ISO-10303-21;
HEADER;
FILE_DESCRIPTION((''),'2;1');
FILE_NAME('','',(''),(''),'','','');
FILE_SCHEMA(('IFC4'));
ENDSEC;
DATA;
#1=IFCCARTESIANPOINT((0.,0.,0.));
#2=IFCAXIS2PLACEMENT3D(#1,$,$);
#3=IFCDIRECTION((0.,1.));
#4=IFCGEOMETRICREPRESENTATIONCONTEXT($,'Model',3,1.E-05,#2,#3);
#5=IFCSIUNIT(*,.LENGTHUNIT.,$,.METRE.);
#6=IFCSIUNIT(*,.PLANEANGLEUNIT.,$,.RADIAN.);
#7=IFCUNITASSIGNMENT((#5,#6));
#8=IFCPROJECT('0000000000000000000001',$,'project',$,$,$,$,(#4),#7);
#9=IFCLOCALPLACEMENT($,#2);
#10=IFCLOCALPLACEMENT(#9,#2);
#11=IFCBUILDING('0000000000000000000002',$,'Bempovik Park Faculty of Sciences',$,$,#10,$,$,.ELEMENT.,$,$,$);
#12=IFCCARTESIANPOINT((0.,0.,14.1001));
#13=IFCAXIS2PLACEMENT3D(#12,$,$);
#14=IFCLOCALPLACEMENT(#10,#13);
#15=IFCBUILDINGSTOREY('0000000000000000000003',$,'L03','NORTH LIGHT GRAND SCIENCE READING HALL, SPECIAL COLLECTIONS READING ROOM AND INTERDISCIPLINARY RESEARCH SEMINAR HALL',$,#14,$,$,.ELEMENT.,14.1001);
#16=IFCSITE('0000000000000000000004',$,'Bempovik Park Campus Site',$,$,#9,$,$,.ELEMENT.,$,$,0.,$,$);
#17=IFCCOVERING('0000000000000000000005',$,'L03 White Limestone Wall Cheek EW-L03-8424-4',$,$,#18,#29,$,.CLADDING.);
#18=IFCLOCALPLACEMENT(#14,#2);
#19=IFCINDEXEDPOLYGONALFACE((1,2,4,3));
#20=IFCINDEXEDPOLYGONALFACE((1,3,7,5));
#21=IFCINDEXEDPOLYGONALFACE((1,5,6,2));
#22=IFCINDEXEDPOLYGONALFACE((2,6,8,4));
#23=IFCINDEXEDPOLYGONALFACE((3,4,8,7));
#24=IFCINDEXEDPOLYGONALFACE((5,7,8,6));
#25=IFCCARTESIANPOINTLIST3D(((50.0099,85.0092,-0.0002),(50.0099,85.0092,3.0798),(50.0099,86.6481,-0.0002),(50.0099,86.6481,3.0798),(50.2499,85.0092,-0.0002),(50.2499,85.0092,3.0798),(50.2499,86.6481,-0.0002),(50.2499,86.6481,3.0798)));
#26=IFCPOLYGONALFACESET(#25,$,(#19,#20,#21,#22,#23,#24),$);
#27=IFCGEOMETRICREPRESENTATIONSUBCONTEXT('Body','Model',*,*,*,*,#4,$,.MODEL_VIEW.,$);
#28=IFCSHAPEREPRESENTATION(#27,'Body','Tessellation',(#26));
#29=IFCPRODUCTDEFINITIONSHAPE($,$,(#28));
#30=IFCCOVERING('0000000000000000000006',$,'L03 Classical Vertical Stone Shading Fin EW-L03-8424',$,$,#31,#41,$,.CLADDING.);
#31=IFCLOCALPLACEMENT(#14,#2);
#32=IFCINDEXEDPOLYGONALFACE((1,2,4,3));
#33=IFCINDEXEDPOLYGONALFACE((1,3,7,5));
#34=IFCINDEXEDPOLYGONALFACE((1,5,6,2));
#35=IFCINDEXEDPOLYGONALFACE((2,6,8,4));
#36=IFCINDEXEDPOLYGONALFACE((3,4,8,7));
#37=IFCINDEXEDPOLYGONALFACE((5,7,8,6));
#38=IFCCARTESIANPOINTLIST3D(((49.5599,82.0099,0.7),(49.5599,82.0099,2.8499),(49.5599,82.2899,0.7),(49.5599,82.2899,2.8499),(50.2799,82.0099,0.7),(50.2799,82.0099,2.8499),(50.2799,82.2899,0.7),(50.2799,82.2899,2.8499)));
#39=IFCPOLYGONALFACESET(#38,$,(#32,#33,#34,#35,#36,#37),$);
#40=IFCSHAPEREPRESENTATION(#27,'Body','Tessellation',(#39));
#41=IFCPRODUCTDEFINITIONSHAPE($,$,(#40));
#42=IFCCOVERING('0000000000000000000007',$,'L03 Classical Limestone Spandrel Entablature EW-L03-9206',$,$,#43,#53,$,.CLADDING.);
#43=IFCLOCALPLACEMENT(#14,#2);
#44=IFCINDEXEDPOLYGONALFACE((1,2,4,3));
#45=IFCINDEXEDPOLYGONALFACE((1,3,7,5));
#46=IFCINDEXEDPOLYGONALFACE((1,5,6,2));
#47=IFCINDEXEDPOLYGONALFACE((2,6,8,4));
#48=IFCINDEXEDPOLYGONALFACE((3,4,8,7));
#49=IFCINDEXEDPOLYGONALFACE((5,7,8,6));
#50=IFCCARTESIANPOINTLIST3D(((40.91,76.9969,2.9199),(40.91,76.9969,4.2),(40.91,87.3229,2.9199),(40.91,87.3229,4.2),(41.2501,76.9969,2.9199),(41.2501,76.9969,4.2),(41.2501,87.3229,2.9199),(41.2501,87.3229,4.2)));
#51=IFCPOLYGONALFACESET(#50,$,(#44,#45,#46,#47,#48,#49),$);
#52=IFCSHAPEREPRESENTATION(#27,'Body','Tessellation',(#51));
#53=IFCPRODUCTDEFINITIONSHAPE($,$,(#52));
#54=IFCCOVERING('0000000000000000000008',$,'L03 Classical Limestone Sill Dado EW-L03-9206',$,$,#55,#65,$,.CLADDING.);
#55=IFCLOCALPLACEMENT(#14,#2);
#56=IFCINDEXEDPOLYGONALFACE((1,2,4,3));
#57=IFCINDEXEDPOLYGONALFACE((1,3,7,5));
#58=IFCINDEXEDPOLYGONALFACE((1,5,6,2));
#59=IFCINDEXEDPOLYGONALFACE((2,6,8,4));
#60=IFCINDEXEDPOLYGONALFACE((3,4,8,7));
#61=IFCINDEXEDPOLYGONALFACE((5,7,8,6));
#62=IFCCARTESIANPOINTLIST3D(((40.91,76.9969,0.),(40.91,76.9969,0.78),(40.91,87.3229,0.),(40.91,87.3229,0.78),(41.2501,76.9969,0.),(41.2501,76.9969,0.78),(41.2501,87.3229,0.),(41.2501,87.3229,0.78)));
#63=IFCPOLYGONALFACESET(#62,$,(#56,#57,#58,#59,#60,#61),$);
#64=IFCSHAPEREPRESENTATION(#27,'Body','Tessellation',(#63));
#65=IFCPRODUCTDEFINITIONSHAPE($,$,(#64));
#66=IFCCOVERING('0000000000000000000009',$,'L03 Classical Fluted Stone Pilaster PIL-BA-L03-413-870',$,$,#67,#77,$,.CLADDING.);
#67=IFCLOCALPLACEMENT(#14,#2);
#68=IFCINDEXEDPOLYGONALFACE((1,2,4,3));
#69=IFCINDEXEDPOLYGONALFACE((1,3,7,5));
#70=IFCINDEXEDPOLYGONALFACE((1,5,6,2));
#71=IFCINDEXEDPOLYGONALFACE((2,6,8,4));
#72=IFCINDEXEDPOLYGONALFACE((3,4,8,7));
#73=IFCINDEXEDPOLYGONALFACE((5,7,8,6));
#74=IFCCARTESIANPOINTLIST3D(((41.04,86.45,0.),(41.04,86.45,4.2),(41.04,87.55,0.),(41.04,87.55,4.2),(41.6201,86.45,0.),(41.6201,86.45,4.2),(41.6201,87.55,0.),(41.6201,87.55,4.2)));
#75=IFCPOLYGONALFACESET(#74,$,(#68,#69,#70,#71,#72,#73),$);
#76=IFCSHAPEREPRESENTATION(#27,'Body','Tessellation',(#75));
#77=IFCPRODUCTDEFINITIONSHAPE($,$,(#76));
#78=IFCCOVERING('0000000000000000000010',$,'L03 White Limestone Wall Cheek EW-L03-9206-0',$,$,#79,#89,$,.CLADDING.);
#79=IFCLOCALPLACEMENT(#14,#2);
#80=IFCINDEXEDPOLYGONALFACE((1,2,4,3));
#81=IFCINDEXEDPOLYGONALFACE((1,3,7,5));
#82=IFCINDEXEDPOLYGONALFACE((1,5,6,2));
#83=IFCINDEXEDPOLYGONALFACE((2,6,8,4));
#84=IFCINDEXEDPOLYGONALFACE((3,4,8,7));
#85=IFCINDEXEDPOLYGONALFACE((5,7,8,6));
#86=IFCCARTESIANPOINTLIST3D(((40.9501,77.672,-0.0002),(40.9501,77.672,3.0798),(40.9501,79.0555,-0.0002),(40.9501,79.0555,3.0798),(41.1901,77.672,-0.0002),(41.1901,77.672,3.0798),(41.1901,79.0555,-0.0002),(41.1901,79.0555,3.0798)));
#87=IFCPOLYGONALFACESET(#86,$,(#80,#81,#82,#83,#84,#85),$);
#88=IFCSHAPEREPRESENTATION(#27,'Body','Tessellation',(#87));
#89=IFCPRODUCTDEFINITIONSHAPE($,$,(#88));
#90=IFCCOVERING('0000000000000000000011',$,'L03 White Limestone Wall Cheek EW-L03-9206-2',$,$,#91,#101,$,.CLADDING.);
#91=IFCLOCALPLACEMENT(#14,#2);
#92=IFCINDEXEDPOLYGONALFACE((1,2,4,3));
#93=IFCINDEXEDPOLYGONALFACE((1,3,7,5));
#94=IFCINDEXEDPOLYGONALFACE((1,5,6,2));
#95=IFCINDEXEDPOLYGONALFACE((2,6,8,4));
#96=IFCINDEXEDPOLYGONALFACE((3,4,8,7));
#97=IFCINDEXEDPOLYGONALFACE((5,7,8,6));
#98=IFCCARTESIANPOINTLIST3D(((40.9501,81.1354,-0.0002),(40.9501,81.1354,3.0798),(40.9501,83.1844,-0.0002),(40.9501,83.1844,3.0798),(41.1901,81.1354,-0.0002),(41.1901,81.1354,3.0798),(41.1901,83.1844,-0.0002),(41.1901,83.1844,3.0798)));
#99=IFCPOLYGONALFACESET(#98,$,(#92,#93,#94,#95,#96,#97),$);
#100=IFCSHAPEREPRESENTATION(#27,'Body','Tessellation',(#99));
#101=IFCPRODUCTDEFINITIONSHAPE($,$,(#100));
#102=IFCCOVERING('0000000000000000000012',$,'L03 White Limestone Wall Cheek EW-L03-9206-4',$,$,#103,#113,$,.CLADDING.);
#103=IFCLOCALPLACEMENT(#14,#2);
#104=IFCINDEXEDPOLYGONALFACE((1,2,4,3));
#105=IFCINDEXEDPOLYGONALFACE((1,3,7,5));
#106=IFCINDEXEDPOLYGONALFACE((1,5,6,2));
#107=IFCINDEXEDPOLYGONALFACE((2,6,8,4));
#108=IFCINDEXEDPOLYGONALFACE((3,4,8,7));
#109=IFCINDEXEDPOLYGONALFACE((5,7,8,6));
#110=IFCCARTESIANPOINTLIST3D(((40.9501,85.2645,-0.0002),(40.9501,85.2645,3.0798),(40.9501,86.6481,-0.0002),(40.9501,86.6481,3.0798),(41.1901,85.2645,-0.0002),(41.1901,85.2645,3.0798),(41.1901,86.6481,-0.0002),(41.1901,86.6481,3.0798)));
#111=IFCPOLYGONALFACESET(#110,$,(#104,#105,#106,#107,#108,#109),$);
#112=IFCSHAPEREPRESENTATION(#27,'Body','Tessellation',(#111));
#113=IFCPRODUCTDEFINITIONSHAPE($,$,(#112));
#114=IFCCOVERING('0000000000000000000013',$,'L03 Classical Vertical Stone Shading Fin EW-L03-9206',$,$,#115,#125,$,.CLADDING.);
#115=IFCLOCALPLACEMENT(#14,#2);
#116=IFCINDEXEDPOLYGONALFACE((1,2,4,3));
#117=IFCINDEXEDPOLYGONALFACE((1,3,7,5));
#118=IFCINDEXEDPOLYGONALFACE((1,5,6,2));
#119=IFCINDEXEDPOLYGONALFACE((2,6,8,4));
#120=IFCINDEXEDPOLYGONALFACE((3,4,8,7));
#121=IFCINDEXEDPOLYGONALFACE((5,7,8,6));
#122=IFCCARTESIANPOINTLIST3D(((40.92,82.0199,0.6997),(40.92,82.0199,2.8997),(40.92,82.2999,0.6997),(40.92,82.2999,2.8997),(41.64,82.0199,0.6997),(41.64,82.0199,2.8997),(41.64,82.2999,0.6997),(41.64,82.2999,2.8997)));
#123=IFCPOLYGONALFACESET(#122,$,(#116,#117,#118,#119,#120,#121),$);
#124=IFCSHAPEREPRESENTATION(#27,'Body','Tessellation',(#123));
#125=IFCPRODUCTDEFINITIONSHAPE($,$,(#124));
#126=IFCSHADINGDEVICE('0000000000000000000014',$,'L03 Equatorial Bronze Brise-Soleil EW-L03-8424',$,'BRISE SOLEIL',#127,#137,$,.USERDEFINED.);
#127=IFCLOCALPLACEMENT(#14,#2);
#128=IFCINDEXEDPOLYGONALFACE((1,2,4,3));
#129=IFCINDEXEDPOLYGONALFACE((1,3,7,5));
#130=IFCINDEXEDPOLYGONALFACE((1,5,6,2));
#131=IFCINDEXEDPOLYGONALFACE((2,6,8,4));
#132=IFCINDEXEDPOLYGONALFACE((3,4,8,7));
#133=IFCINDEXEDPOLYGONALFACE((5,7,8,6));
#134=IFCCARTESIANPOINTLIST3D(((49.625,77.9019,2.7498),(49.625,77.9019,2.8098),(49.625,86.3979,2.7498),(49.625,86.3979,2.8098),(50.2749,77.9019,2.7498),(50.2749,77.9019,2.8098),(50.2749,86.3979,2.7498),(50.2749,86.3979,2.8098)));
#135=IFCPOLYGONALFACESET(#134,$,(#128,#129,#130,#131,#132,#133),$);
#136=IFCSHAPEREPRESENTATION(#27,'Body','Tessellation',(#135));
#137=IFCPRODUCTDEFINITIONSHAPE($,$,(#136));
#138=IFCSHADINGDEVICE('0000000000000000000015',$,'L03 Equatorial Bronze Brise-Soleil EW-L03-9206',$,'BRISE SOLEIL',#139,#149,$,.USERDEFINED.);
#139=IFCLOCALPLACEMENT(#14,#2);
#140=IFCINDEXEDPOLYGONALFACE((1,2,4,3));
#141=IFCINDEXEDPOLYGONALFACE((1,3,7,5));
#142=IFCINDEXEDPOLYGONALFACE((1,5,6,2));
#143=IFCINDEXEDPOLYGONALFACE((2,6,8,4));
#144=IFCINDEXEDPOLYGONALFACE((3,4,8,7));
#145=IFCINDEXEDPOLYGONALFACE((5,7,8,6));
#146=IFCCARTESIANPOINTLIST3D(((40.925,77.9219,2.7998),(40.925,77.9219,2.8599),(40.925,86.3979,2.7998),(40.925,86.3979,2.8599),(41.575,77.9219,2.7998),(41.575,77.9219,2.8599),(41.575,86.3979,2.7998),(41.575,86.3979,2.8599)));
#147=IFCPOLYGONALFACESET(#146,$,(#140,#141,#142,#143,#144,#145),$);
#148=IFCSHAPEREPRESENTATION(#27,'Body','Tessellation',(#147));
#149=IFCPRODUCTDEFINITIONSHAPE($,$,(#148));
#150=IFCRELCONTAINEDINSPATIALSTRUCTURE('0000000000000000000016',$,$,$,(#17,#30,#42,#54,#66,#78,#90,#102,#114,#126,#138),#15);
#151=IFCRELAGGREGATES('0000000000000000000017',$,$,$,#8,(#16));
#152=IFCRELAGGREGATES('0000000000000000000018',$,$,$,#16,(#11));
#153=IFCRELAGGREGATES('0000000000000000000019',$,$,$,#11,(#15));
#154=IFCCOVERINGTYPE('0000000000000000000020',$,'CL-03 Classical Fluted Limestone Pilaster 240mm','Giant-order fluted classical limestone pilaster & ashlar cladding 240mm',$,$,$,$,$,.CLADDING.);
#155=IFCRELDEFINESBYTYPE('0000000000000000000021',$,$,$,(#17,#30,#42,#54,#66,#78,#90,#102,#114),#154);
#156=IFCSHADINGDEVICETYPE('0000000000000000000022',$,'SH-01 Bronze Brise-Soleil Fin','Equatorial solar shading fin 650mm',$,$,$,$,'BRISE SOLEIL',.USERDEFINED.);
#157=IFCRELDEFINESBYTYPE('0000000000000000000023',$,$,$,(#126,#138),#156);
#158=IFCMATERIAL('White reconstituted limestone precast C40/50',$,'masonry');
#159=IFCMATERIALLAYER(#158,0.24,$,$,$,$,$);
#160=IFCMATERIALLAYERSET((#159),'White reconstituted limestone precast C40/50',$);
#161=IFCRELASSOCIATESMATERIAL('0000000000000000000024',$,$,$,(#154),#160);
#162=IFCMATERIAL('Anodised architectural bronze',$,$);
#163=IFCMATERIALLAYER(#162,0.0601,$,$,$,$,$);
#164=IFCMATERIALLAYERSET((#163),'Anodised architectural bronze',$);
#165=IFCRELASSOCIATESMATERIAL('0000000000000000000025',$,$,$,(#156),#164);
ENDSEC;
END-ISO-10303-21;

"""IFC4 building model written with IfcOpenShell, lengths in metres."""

from ifc_helpers import new_model, si_unit, direction, frame, origin, origin_2d, place, context, subcontext, project, spatial, rectangle, extrude, material, layer, layer_set, type_object, element, save


model = new_model("IFC4")

# Units and contexts
model_context = context("Model", 3, precision=1e-05, world=origin(), true_north=direction((0.0, 1.0)))
body_context = subcontext(model_context, "Body", "Model", "MODEL_VIEW")
ifc_project = project(units=[si_unit("LENGTHUNIT", "METRE"), si_unit("PLANEANGLEUNIT", "RADIAN")], contexts=[model_context])

# Site, building, storey
site_placement = place(None, origin())
site = spatial("IfcSite", under=ifc_project, at=site_placement, Name="Bempovik Park Campus Site", CompositionType="ELEMENT", RefElevation=0.0)
building_placement = place(site_placement, origin())
building = spatial("IfcBuilding", under=site, at=building_placement, Name="Bempovik Park Faculty of Sciences", CompositionType="ELEMENT")
storey_placement = place(building_placement, frame((0.0, 0.0, 14.1001)))
storey = spatial("IfcBuildingStorey", under=building, at=storey_placement, Name="L03", Description="NORTH LIGHT GRAND SCIENCE READING HALL, SPECIAL COLLECTIONS READING ROOM AND INTERDISCIPLINARY RESEARCH SEMINAR HALL", CompositionType="ELEMENT", Elevation=14.1001)

# Coverings
ifc_material_1 = material(Name="White reconstituted limestone precast C40/50", Category="masonry")
ifc_layer_1 = layer(ifc_material_1, 0.24)
ifc_layer_set_1 = layer_set([ifc_layer_1], Name="White reconstituted limestone precast C40/50")
covering_type_1 = type_object("IfcCoveringType", Name="CL-03 Classical Fluted Limestone Pilaster 240mm", Description="Giant-order fluted classical limestone pilaster & ashlar cladding 240mm", PredefinedType="CLADDING", material=ifc_layer_set_1)
covering_1_placement = place(storey_placement, frame((50.1299, 85.8286, -0.0002), z_axis=(0.0, 0.0, 1.0), x_axis=(1.0, 0.0, 0.0)))
element("IfcCovering", 1, at=covering_1_placement, inside=storey, type_object=covering_type_1, Name="L03 White Limestone Wall Cheek EW-L03-8424-4", PredefinedType="CLADDING", context=body_context, shape_type="SweptSolid", body=[
    extrude(rectangle(XDim=0.24, YDim=1.6389, at=origin_2d()), origin(), (0.0, 0.0, 1.0), 3.0801),
])
covering_2_placement = place(storey_placement, frame((49.9199, 82.1499, 0.7), z_axis=(0.0, 0.0, 1.0), x_axis=(1.0, 0.0, 0.0)))
element("IfcCovering", 2, at=covering_2_placement, inside=storey, type_object=covering_type_1, Name="L03 Classical Vertical Stone Shading Fin EW-L03-8424", PredefinedType="CLADDING", context=body_context, shape_type="SweptSolid", body=[
    extrude(rectangle(XDim=0.72, YDim=0.28, at=origin_2d()), origin(), (0.0, 0.0, 1.0), 2.1499),
])
covering_3_placement = place(storey_placement, frame((41.0801, 82.1599, 2.9199), z_axis=(0.0, 0.0, 1.0), x_axis=(1.0, 0.0, 0.0)))
element("IfcCovering", 3, at=covering_3_placement, inside=storey, type_object=covering_type_1, Name="L03 Classical Limestone Spandrel Entablature EW-L03-9206", PredefinedType="CLADDING", context=body_context, shape_type="SweptSolid", body=[
    extrude(rectangle(XDim=0.3401, YDim=10.3259, at=origin_2d()), origin(), (0.0, 0.0, 1.0), 1.28),
])
covering_4_placement = place(storey_placement, frame((41.0801, 82.1599, 0.0), z_axis=(0.0, 0.0, 1.0), x_axis=(1.0, 0.0, 0.0)))
element("IfcCovering", 4, at=covering_4_placement, inside=storey, type_object=covering_type_1, Name="L03 Classical Limestone Sill Dado EW-L03-9206", PredefinedType="CLADDING", context=body_context, shape_type="SweptSolid", body=[
    extrude(rectangle(XDim=0.3401, YDim=10.3259, at=origin_2d()), origin(), (0.0, 0.0, 1.0), 0.78),
])
covering_5_placement = place(storey_placement, frame((41.3301, 87.0, 0.0), z_axis=(0.0, 0.0, 1.0), x_axis=(1.0, 0.0, 0.0)))
element("IfcCovering", 5, at=covering_5_placement, inside=storey, type_object=covering_type_1, Name="L03 Classical Fluted Stone Pilaster PIL-BA-L03-413-870", PredefinedType="CLADDING", context=body_context, shape_type="SweptSolid", body=[
    extrude(rectangle(XDim=0.5801, YDim=1.1001, at=origin_2d()), origin(), (0.0, 0.0, 1.0), 4.2),
])
covering_6_placement = place(storey_placement, frame((41.0701, 78.3638, -0.0002), z_axis=(0.0, 0.0, 1.0), x_axis=(1.0, 0.0, 0.0)))
element("IfcCovering", 6, at=covering_6_placement, inside=storey, type_object=covering_type_1, Name="L03 White Limestone Wall Cheek EW-L03-9206-0", PredefinedType="CLADDING", context=body_context, shape_type="SweptSolid", body=[
    extrude(rectangle(XDim=0.24, YDim=1.3835, at=origin_2d()), origin(), (0.0, 0.0, 1.0), 3.0801),
])
covering_7_placement = place(storey_placement, frame((41.0701, 82.1599, -0.0002), z_axis=(0.0, 0.0, 1.0), x_axis=(1.0, 0.0, 0.0)))
element("IfcCovering", 7, at=covering_7_placement, inside=storey, type_object=covering_type_1, Name="L03 White Limestone Wall Cheek EW-L03-9206-2", PredefinedType="CLADDING", context=body_context, shape_type="SweptSolid", body=[
    extrude(rectangle(XDim=0.24, YDim=2.0491, at=origin_2d()), origin(), (0.0, 0.0, 1.0), 3.0801),
])
covering_8_placement = place(storey_placement, frame((41.0701, 85.9563, -0.0002), z_axis=(0.0, 0.0, 1.0), x_axis=(1.0, 0.0, 0.0)))
element("IfcCovering", 8, at=covering_8_placement, inside=storey, type_object=covering_type_1, Name="L03 White Limestone Wall Cheek EW-L03-9206-4", PredefinedType="CLADDING", context=body_context, shape_type="SweptSolid", body=[
    extrude(rectangle(XDim=0.24, YDim=1.3835, at=origin_2d()), origin(), (0.0, 0.0, 1.0), 3.0801),
])
covering_9_placement = place(storey_placement, frame((41.28, 82.1599, 0.6997), z_axis=(0.0, 0.0, 1.0), x_axis=(1.0, 0.0, 0.0)))
element("IfcCovering", 9, at=covering_9_placement, inside=storey, type_object=covering_type_1, Name="L03 Classical Vertical Stone Shading Fin EW-L03-9206", PredefinedType="CLADDING", context=body_context, shape_type="SweptSolid", body=[
    extrude(rectangle(XDim=0.72, YDim=0.28, at=origin_2d()), origin(), (0.0, 0.0, 1.0), 2.2),
])

# Shading devices
ifc_material_2 = material(Name="Anodised architectural bronze")
ifc_layer_2 = layer(ifc_material_2, 0.0601)
ifc_layer_set_2 = layer_set([ifc_layer_2], Name="Anodised architectural bronze")
shading_device_type = type_object("IfcShadingDeviceType", Name="SH-01 Bronze Brise-Soleil Fin", Description="Equatorial solar shading fin 650mm", ElementType="BRISE SOLEIL", PredefinedType="USERDEFINED", material=ifc_layer_set_2)
shading_device_1_placement = place(storey_placement, frame((49.95, 82.1499, 2.7498), z_axis=(0.0, 0.0, 1.0), x_axis=(1.0, 0.0, 0.0)))
element("IfcShadingDevice", 10, at=shading_device_1_placement, inside=storey, type_object=shading_device_type, Name="L03 Equatorial Bronze Brise-Soleil EW-L03-8424", ObjectType="BRISE SOLEIL", PredefinedType="USERDEFINED", context=body_context, shape_type="SweptSolid", body=[
    extrude(rectangle(XDim=0.6499, YDim=8.4961, at=origin_2d()), origin(), (0.0, 0.0, 1.0), 0.0601),
])
shading_device_2_placement = place(storey_placement, frame((41.25, 82.1599, 2.7998), z_axis=(0.0, 0.0, 1.0), x_axis=(1.0, 0.0, 0.0)))
element("IfcShadingDevice", 11, at=shading_device_2_placement, inside=storey, type_object=shading_device_type, Name="L03 Equatorial Bronze Brise-Soleil EW-L03-9206", ObjectType="BRISE SOLEIL", PredefinedType="USERDEFINED", context=body_context, shape_type="SweptSolid", body=[
    extrude(rectangle(XDim=0.6499, YDim=8.4761, at=origin_2d()), origin(), (0.0, 0.0, 1.0), 0.0601),
])

save(model, "model.ifc")
